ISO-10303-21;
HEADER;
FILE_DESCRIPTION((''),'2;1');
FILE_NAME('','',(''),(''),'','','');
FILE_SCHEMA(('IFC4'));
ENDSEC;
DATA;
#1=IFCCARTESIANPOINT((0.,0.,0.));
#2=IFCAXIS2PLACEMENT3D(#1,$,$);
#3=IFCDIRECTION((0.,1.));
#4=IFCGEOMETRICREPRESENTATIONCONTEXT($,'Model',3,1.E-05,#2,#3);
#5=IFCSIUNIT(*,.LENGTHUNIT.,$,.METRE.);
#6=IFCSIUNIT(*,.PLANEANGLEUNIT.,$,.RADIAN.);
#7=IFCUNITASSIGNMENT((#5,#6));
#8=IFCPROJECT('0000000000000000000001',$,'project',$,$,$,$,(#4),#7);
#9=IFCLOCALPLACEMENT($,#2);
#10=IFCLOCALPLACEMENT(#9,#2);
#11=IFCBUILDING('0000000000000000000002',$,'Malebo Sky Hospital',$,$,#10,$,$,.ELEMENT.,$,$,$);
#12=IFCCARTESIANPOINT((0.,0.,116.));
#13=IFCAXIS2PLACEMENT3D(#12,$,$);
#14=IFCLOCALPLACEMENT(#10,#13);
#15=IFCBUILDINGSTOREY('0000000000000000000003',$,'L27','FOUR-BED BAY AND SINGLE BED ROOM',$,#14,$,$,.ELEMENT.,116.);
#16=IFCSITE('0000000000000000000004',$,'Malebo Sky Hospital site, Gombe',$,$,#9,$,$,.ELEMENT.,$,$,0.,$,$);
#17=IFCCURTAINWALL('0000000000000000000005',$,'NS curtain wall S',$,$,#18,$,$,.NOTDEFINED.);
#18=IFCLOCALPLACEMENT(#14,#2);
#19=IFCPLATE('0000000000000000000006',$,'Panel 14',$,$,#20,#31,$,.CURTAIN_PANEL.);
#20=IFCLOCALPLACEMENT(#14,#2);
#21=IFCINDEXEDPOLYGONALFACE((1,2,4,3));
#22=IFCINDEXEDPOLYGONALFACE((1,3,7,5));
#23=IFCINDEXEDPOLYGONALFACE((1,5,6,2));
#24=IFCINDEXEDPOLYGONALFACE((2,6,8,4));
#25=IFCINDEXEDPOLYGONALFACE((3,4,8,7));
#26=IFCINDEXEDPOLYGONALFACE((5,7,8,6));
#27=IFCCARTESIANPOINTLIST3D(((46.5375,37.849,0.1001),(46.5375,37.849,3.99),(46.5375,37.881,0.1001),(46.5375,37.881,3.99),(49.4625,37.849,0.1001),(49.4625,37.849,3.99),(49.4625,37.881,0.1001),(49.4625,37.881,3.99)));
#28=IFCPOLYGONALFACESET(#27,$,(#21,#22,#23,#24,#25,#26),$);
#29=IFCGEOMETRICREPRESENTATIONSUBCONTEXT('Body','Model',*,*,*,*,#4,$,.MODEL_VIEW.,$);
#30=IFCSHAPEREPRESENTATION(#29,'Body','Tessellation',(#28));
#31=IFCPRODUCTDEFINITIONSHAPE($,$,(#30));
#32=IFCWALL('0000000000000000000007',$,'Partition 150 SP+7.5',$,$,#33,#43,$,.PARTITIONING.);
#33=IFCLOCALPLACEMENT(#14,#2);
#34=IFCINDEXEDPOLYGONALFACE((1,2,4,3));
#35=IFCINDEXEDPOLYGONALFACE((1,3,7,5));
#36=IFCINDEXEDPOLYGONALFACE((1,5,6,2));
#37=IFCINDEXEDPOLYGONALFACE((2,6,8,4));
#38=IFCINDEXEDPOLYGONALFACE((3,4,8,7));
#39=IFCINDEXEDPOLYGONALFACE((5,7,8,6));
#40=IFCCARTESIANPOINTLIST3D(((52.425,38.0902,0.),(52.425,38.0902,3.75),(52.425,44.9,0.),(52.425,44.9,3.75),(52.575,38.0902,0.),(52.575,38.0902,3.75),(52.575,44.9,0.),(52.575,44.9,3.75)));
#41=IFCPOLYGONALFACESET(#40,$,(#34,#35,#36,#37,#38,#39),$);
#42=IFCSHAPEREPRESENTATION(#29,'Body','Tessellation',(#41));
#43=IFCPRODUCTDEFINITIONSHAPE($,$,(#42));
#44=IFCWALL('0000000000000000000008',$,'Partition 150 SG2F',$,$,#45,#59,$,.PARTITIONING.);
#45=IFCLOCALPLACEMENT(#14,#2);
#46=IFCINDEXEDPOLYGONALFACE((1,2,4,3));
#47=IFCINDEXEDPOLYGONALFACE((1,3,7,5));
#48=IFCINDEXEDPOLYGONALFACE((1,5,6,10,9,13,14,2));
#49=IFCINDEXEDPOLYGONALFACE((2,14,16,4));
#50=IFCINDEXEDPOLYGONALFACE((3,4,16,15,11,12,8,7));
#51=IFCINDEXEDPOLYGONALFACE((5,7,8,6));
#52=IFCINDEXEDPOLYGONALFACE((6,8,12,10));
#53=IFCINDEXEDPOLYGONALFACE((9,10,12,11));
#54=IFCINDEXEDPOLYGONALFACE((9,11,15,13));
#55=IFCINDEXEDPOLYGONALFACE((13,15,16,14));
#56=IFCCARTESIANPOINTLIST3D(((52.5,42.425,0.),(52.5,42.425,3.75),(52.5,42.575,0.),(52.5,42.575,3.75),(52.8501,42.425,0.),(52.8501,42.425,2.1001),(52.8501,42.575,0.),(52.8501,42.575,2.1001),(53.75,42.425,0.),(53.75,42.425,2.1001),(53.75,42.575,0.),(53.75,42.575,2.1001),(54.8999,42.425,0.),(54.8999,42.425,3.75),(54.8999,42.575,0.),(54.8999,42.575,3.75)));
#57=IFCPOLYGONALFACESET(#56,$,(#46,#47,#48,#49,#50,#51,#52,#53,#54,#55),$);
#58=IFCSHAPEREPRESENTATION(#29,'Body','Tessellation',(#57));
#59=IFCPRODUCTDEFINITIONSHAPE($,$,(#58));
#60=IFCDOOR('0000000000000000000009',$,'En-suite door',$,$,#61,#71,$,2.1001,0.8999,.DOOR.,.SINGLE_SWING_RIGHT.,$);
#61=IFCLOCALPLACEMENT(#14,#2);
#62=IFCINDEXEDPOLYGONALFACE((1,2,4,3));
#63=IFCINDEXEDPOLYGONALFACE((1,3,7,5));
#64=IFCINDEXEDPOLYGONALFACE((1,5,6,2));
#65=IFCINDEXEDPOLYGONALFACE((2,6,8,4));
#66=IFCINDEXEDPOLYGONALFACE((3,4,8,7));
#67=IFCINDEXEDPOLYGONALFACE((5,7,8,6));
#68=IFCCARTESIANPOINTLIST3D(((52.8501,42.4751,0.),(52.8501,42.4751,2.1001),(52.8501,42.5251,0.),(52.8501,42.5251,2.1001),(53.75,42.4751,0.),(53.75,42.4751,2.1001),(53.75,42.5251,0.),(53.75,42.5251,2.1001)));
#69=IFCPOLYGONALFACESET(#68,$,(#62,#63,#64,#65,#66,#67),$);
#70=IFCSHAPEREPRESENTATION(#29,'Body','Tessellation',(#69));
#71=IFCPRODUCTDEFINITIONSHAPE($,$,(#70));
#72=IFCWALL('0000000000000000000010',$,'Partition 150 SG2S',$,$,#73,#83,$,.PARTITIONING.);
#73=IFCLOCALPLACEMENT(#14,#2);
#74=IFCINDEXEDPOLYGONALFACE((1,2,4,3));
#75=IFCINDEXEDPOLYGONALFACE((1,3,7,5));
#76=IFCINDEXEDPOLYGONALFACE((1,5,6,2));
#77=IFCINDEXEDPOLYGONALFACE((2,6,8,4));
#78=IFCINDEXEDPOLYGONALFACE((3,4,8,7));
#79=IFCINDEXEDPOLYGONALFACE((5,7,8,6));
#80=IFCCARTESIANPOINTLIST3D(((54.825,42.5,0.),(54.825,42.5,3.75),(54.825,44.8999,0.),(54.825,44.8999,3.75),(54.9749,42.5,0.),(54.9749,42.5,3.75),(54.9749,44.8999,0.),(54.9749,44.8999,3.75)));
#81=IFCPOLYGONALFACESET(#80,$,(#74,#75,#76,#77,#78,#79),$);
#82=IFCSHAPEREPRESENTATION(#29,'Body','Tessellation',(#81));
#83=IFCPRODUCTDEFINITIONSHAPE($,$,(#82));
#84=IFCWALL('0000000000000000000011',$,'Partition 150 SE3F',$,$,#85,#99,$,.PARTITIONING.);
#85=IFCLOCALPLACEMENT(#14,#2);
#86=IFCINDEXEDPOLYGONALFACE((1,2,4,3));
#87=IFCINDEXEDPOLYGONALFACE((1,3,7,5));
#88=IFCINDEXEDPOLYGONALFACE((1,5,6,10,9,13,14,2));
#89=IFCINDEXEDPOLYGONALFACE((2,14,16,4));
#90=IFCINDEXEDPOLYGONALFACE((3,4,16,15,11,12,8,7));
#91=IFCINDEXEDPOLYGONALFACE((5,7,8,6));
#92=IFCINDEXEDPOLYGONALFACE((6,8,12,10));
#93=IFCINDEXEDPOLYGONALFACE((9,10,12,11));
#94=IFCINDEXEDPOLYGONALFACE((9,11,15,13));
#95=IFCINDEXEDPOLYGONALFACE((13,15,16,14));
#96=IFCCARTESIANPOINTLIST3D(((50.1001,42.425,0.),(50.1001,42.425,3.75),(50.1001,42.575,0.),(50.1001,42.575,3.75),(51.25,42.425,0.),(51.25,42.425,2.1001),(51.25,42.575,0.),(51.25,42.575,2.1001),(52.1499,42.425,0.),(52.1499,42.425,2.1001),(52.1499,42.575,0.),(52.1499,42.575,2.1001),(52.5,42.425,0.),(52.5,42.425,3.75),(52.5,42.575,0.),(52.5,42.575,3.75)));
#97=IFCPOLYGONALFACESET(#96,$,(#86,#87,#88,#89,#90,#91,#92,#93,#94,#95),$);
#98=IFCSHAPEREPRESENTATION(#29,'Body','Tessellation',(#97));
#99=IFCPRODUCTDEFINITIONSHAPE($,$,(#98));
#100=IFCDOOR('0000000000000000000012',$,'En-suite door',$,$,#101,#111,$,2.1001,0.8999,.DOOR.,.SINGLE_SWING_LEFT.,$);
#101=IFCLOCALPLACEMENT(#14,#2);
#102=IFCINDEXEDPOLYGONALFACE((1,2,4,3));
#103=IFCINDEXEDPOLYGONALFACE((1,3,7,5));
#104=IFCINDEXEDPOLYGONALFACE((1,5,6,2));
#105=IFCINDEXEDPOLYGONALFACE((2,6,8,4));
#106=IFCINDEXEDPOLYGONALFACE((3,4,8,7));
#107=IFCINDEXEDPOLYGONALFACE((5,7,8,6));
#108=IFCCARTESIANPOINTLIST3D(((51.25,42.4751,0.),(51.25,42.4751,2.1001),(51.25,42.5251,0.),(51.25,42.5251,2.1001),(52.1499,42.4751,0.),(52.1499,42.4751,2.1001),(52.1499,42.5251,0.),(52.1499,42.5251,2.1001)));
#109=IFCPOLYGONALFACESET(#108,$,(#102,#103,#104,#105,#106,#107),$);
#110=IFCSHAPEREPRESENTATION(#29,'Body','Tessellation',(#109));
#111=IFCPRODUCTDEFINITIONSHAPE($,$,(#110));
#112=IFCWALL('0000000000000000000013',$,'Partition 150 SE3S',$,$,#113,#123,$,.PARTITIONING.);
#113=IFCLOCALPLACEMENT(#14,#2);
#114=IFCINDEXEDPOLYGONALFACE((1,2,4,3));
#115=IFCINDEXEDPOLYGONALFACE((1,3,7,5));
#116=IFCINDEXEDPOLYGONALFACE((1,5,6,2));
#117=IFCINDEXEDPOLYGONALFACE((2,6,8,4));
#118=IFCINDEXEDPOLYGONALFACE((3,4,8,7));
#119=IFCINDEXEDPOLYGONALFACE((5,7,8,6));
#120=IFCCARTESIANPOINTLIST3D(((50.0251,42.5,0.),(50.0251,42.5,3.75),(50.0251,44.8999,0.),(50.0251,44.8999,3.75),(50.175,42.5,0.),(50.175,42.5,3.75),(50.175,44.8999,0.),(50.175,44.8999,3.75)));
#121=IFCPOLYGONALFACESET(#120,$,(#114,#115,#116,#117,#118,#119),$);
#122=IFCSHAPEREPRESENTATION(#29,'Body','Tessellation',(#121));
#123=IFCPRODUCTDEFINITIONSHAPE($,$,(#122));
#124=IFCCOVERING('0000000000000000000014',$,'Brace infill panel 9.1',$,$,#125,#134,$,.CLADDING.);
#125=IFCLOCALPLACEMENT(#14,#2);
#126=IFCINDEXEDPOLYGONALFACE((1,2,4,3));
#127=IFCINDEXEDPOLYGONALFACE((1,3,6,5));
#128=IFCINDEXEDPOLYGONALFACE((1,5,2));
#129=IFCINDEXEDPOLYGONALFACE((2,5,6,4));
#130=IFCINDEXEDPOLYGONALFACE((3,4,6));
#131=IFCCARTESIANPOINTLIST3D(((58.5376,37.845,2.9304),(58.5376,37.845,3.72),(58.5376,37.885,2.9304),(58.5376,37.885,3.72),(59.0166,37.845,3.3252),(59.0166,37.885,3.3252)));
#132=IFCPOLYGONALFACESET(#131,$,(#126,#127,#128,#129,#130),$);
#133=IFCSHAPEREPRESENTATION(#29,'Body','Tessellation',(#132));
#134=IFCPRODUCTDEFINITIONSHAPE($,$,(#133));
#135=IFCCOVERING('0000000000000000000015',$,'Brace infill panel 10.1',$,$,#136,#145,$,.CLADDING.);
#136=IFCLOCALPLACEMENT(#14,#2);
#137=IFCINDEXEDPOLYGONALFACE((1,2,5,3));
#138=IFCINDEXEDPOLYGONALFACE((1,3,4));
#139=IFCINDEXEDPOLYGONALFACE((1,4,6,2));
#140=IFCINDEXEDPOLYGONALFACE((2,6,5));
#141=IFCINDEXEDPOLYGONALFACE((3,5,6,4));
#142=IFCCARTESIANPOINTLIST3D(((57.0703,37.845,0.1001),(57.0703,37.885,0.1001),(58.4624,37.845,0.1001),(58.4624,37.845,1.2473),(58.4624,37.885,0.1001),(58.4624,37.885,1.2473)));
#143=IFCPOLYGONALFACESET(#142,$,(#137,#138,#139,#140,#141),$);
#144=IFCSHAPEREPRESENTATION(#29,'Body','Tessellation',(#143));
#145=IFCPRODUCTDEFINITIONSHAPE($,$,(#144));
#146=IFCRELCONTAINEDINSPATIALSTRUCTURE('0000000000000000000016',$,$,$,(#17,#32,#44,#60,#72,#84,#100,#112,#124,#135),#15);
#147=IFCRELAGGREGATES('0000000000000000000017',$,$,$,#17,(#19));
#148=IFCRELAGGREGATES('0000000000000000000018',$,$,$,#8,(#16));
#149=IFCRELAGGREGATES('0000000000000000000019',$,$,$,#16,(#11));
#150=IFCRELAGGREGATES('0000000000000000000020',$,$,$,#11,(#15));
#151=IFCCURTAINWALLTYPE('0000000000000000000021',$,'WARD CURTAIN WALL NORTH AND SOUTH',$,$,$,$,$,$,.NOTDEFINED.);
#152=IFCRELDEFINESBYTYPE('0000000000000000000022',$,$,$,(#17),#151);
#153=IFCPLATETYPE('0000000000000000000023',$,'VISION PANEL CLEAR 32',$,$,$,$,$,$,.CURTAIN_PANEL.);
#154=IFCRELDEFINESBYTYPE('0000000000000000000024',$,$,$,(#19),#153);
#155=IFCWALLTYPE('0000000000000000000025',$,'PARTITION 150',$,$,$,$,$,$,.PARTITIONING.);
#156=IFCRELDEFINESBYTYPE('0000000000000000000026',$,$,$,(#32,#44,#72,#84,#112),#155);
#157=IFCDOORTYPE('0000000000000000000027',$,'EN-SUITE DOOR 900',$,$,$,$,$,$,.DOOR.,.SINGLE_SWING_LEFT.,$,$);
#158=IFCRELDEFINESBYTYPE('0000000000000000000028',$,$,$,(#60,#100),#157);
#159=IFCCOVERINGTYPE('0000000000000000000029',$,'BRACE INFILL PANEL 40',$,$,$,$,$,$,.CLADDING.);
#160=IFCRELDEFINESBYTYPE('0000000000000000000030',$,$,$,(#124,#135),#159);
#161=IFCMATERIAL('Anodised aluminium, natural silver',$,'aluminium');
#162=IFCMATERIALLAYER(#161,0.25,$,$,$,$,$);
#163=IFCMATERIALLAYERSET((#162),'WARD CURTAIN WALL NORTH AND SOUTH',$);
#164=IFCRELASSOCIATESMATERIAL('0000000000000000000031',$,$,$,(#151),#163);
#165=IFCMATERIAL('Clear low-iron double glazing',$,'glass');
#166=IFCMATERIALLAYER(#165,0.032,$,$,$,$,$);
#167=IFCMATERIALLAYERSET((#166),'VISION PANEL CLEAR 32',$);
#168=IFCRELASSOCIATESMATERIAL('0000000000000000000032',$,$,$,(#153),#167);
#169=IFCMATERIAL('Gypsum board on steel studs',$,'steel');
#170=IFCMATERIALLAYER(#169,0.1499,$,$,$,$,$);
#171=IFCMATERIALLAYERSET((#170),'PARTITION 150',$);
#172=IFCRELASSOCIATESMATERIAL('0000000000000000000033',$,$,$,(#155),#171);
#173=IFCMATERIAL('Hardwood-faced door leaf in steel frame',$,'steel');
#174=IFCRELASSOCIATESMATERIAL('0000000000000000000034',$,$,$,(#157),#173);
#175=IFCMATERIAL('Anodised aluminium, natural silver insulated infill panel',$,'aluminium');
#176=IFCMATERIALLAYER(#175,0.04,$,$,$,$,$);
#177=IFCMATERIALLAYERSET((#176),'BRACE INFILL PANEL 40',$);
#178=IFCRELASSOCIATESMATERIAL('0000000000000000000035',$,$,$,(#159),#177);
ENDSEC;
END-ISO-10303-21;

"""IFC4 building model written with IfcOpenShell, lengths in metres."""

from ifc_helpers import new_model, si_unit, direction, frame, frame_2d, origin, origin_2d, place, context, subcontext, project, spatial, polyline, rectangle, outline, extrude, material, layer, layer_set, type_object, element, fill, aggregate, save


model = new_model("IFC4")

# Units and contexts
model_context = context("Model", 3, precision=1e-05, world=origin(), true_north=direction((0.0, 1.0)))
body_context = subcontext(model_context, "Body", "Model", "MODEL_VIEW")
ifc_project = project(units=[si_unit("LENGTHUNIT", "METRE"), si_unit("PLANEANGLEUNIT", "RADIAN")], contexts=[model_context])

# Site, building, storey
site_placement = place(None, origin())
site = spatial("IfcSite", under=ifc_project, at=site_placement, Name="Malebo Sky Hospital site, Gombe", CompositionType="ELEMENT", RefElevation=0.0)
building_placement = place(site_placement, origin())
building = spatial("IfcBuilding", under=site, at=building_placement, Name="Malebo Sky Hospital", CompositionType="ELEMENT")
storey_placement = place(building_placement, frame((0.0, 0.0, 116.0)))
storey = spatial("IfcBuildingStorey", under=building, at=storey_placement, Name="L27", Description="FOUR-BED BAY AND SINGLE BED ROOM", CompositionType="ELEMENT", Elevation=116.0)

# Curtain wall
ifc_material_1 = material(Name="Anodised aluminium, natural silver", Category="aluminium")
ifc_layer_1 = layer(ifc_material_1, 0.25)
ifc_layer_set_1 = layer_set([ifc_layer_1], Name="WARD CURTAIN WALL NORTH AND SOUTH")
curtain_wall_type = type_object("IfcCurtainWallType", Name="WARD CURTAIN WALL NORTH AND SOUTH", PredefinedType="NOTDEFINED", material=ifc_layer_set_1)
curtain_wall_placement = place(storey_placement, origin())
curtain_wall = element("IfcCurtainWall", 1, at=curtain_wall_placement, inside=storey, type_object=curtain_wall_type, Name="NS curtain wall S", PredefinedType="NOTDEFINED")

# Plate
ifc_material_2 = material(Name="Clear low-iron double glazing", Category="glass")
ifc_layer_2 = layer(ifc_material_2, 0.032)
ifc_layer_set_2 = layer_set([ifc_layer_2], Name="VISION PANEL CLEAR 32")
plate_type = type_object("IfcPlateType", Name="VISION PANEL CLEAR 32", PredefinedType="CURTAIN_PANEL", material=ifc_layer_set_2)
plate_1_placement = place(storey_placement, frame((48.0, 37.865, 0.1001), z_axis=(0.0, 0.0, 1.0), x_axis=(-1.0, 0.0, 0.0)))
plate_1 = element("IfcPlate", 2, at=plate_1_placement, type_object=plate_type, Name="Panel 14", PredefinedType="CURTAIN_PANEL", context=body_context, shape_type="SweptSolid", body=[
    extrude(rectangle(XDim=2.925, YDim=0.032, at=origin_2d()), origin(), (0.0, 0.0, 1.0), 3.8899),
])
aggregate(curtain_wall, [plate_1])

# Wall
ifc_material_3 = material(Name="Gypsum board on steel studs", Category="steel")
ifc_layer_3 = layer(ifc_material_3, 0.1499)
ifc_layer_set_3 = layer_set([ifc_layer_3], Name="PARTITION 150")
wall_type = type_object("IfcWallType", Name="PARTITION 150", PredefinedType="PARTITIONING", material=ifc_layer_set_3)
wall_1_placement = place(storey_placement, frame((52.5, 44.8999, 0.0), z_axis=(0.0, 0.0, 1.0), x_axis=(0.0, -1.0, 0.0)))
element("IfcWall", 3, at=wall_1_placement, inside=storey, type_object=wall_type, Name="Partition 150 SP+7.5", PredefinedType="PARTITIONING", context=body_context, shape_type="SweptSolid", body=[
    extrude(rectangle(XDim=6.8098, YDim=0.1499, at=frame_2d((3.4048, 0.0))), origin(), (0.0, 0.0, 1.0), 3.75),
])

# Wall, opening, door
wall_2_placement = place(storey_placement, frame((54.8999, 42.5, 0.0), z_axis=(0.0, 0.0, 1.0), x_axis=(-1.0, 0.0, 0.0)))
wall_2 = element("IfcWall", 4, at=wall_2_placement, inside=storey, type_object=wall_type, Name="Partition 150 SG2F", PredefinedType="PARTITIONING", context=body_context, shape_type="SweptSolid", body=[
    extrude(rectangle(XDim=2.3999, YDim=0.1499, at=frame_2d((1.2, 0.0))), origin(), (0.0, 0.0, 1.0), 3.75),
])
opening_1_placement = place(wall_2_placement, frame((1.1499, 0.0, 0.0)))
opening_1 = element("IfcOpeningElement", 5, at=opening_1_placement, cuts=wall_2, PredefinedType="OPENING", context=body_context, shape_type="SweptSolid", body=[
    extrude(rectangle(XDim=0.8999, YDim=2.1001, at=frame_2d((0.45, 1.05))), frame((0.0, 0.085, 0.0), z_axis=(0.0, -1.0, 0.0), x_axis=(1.0, 0.0, 0.0)), (0.0, 0.0, 1.0), 0.1699),
])
ifc_material_4 = material(Name="Hardwood-faced door leaf in steel frame", Category="steel")
door_type = type_object("IfcDoorType", Name="EN-SUITE DOOR 900", OperationType="SINGLE_SWING_LEFT", PredefinedType="DOOR", material=ifc_material_4)
door_1_placement = place(opening_1_placement, origin())
door_1 = element("IfcDoor", 6, at=door_1_placement, inside=storey, type_object=door_type, Name="En-suite door", OperationType="SINGLE_SWING_RIGHT", OverallHeight=2.1001, OverallWidth=0.8999, PredefinedType="DOOR", context=body_context, shape_type="SweptSolid", body=[
    extrude(rectangle(XDim=0.8999, YDim=2.1001, at=frame_2d((0.45, 1.05))), frame((0.0, 0.0249, 0.0), z_axis=(0.0, -1.0, 0.0), x_axis=(1.0, 0.0, 0.0)), (0.0, 0.0, 1.0), 0.05),
])
fill(opening_1, door_1)

# Wall
wall_3_placement = place(storey_placement, frame((54.8999, 44.8999, 0.0), z_axis=(0.0, 0.0, 1.0), x_axis=(0.0, -1.0, 0.0)))
element("IfcWall", 7, at=wall_3_placement, inside=storey, type_object=wall_type, Name="Partition 150 SG2S", PredefinedType="PARTITIONING", context=body_context, shape_type="SweptSolid", body=[
    extrude(rectangle(XDim=2.3999, YDim=0.1499, at=frame_2d((1.2, 0.0))), origin(), (0.0, 0.0, 1.0), 3.75),
])

# Wall, opening, door
wall_4_placement = place(storey_placement, frame((52.5, 42.5, 0.0), z_axis=(0.0, 0.0, 1.0), x_axis=(-1.0, 0.0, 0.0)))
wall_4 = element("IfcWall", 8, at=wall_4_placement, inside=storey, type_object=wall_type, Name="Partition 150 SE3F", PredefinedType="PARTITIONING", context=body_context, shape_type="SweptSolid", body=[
    extrude(rectangle(XDim=2.3999, YDim=0.1499, at=frame_2d((1.2, 0.0))), origin(), (0.0, 0.0, 1.0), 3.75),
])
opening_2_placement = place(wall_4_placement, frame((0.3501, 0.0, 0.0)))
opening_2 = element("IfcOpeningElement", 9, at=opening_2_placement, cuts=wall_4, PredefinedType="OPENING", context=body_context, shape_type="SweptSolid", body=[
    extrude(rectangle(XDim=0.8999, YDim=2.1001, at=frame_2d((0.45, 1.05))), frame((0.0, 0.085, 0.0), z_axis=(0.0, -1.0, 0.0), x_axis=(1.0, 0.0, 0.0)), (0.0, 0.0, 1.0), 0.1699),
])
door_2_placement = place(opening_2_placement, origin())
door_2 = element("IfcDoor", 10, at=door_2_placement, inside=storey, type_object=door_type, Name="En-suite door", OperationType="SINGLE_SWING_LEFT", OverallHeight=2.1001, OverallWidth=0.8999, PredefinedType="DOOR", context=body_context, shape_type="SweptSolid", body=[
    extrude(rectangle(XDim=0.8999, YDim=2.1001, at=frame_2d((0.45, 1.05))), frame((0.0, 0.0249, 0.0), z_axis=(0.0, -1.0, 0.0), x_axis=(1.0, 0.0, 0.0)), (0.0, 0.0, 1.0), 0.05),
])
fill(opening_2, door_2)

# Wall
wall_5_placement = place(storey_placement, frame((50.1001, 44.8999, 0.0), z_axis=(0.0, 0.0, 1.0), x_axis=(0.0, -1.0, 0.0)))
element("IfcWall", 11, at=wall_5_placement, inside=storey, type_object=wall_type, Name="Partition 150 SE3S", PredefinedType="PARTITIONING", context=body_context, shape_type="SweptSolid", body=[
    extrude(rectangle(XDim=2.3999, YDim=0.1499, at=frame_2d((1.2, 0.0))), origin(), (0.0, 0.0, 1.0), 3.75),
])

# Coverings
ifc_material_5 = material(Name="Anodised aluminium, natural silver insulated infill panel", Category="aluminium")
ifc_layer_4 = layer(ifc_material_5, 0.04)
ifc_layer_set_4 = layer_set([ifc_layer_4], Name="BRACE INFILL PANEL 40")
covering_type = type_object("IfcCoveringType", Name="BRACE INFILL PANEL 40", PredefinedType="CLADDING", material=ifc_layer_set_4)
covering_1_placement = place(storey_placement, frame((58.7771, 37.865, 2.9304), z_axis=(0.0, 0.0, 1.0), x_axis=(-1.0, 0.0, 0.0)))
element("IfcCovering", 12, at=covering_1_placement, inside=storey, type_object=covering_type, Name="Brace infill panel 9.1", PredefinedType="CLADDING", context=body_context, shape_type="SweptSolid", body=[
    extrude(outline(polyline([(0.2395, 0.0), (0.2395, 0.7896), (-0.2395, 0.3948), (0.2395, 0.0)])), frame((0.0, 0.02, 0.0), z_axis=(0.0, -1.0, 0.0), x_axis=(1.0, 0.0, 0.0)), (0.0, 0.0, 1.0), 0.04),
])
covering_2_placement = place(storey_placement, frame((57.7664, 37.865, 0.1001), z_axis=(0.0, 0.0, 1.0), x_axis=(-1.0, 0.0, 0.0)))
element("IfcCovering", 13, at=covering_2_placement, inside=storey, type_object=covering_type, Name="Brace infill panel 10.1", PredefinedType="CLADDING", context=body_context, shape_type="SweptSolid", body=[
    extrude(outline(polyline([(-0.696, 0.0), (0.696, 0.0), (-0.696, 1.1472), (-0.696, 0.0)])), frame((0.0, 0.02, 0.0), z_axis=(0.0, -1.0, 0.0), x_axis=(1.0, 0.0, 0.0)), (0.0, 0.0, 1.0), 0.04),
])

save(model, "model.ifc")
